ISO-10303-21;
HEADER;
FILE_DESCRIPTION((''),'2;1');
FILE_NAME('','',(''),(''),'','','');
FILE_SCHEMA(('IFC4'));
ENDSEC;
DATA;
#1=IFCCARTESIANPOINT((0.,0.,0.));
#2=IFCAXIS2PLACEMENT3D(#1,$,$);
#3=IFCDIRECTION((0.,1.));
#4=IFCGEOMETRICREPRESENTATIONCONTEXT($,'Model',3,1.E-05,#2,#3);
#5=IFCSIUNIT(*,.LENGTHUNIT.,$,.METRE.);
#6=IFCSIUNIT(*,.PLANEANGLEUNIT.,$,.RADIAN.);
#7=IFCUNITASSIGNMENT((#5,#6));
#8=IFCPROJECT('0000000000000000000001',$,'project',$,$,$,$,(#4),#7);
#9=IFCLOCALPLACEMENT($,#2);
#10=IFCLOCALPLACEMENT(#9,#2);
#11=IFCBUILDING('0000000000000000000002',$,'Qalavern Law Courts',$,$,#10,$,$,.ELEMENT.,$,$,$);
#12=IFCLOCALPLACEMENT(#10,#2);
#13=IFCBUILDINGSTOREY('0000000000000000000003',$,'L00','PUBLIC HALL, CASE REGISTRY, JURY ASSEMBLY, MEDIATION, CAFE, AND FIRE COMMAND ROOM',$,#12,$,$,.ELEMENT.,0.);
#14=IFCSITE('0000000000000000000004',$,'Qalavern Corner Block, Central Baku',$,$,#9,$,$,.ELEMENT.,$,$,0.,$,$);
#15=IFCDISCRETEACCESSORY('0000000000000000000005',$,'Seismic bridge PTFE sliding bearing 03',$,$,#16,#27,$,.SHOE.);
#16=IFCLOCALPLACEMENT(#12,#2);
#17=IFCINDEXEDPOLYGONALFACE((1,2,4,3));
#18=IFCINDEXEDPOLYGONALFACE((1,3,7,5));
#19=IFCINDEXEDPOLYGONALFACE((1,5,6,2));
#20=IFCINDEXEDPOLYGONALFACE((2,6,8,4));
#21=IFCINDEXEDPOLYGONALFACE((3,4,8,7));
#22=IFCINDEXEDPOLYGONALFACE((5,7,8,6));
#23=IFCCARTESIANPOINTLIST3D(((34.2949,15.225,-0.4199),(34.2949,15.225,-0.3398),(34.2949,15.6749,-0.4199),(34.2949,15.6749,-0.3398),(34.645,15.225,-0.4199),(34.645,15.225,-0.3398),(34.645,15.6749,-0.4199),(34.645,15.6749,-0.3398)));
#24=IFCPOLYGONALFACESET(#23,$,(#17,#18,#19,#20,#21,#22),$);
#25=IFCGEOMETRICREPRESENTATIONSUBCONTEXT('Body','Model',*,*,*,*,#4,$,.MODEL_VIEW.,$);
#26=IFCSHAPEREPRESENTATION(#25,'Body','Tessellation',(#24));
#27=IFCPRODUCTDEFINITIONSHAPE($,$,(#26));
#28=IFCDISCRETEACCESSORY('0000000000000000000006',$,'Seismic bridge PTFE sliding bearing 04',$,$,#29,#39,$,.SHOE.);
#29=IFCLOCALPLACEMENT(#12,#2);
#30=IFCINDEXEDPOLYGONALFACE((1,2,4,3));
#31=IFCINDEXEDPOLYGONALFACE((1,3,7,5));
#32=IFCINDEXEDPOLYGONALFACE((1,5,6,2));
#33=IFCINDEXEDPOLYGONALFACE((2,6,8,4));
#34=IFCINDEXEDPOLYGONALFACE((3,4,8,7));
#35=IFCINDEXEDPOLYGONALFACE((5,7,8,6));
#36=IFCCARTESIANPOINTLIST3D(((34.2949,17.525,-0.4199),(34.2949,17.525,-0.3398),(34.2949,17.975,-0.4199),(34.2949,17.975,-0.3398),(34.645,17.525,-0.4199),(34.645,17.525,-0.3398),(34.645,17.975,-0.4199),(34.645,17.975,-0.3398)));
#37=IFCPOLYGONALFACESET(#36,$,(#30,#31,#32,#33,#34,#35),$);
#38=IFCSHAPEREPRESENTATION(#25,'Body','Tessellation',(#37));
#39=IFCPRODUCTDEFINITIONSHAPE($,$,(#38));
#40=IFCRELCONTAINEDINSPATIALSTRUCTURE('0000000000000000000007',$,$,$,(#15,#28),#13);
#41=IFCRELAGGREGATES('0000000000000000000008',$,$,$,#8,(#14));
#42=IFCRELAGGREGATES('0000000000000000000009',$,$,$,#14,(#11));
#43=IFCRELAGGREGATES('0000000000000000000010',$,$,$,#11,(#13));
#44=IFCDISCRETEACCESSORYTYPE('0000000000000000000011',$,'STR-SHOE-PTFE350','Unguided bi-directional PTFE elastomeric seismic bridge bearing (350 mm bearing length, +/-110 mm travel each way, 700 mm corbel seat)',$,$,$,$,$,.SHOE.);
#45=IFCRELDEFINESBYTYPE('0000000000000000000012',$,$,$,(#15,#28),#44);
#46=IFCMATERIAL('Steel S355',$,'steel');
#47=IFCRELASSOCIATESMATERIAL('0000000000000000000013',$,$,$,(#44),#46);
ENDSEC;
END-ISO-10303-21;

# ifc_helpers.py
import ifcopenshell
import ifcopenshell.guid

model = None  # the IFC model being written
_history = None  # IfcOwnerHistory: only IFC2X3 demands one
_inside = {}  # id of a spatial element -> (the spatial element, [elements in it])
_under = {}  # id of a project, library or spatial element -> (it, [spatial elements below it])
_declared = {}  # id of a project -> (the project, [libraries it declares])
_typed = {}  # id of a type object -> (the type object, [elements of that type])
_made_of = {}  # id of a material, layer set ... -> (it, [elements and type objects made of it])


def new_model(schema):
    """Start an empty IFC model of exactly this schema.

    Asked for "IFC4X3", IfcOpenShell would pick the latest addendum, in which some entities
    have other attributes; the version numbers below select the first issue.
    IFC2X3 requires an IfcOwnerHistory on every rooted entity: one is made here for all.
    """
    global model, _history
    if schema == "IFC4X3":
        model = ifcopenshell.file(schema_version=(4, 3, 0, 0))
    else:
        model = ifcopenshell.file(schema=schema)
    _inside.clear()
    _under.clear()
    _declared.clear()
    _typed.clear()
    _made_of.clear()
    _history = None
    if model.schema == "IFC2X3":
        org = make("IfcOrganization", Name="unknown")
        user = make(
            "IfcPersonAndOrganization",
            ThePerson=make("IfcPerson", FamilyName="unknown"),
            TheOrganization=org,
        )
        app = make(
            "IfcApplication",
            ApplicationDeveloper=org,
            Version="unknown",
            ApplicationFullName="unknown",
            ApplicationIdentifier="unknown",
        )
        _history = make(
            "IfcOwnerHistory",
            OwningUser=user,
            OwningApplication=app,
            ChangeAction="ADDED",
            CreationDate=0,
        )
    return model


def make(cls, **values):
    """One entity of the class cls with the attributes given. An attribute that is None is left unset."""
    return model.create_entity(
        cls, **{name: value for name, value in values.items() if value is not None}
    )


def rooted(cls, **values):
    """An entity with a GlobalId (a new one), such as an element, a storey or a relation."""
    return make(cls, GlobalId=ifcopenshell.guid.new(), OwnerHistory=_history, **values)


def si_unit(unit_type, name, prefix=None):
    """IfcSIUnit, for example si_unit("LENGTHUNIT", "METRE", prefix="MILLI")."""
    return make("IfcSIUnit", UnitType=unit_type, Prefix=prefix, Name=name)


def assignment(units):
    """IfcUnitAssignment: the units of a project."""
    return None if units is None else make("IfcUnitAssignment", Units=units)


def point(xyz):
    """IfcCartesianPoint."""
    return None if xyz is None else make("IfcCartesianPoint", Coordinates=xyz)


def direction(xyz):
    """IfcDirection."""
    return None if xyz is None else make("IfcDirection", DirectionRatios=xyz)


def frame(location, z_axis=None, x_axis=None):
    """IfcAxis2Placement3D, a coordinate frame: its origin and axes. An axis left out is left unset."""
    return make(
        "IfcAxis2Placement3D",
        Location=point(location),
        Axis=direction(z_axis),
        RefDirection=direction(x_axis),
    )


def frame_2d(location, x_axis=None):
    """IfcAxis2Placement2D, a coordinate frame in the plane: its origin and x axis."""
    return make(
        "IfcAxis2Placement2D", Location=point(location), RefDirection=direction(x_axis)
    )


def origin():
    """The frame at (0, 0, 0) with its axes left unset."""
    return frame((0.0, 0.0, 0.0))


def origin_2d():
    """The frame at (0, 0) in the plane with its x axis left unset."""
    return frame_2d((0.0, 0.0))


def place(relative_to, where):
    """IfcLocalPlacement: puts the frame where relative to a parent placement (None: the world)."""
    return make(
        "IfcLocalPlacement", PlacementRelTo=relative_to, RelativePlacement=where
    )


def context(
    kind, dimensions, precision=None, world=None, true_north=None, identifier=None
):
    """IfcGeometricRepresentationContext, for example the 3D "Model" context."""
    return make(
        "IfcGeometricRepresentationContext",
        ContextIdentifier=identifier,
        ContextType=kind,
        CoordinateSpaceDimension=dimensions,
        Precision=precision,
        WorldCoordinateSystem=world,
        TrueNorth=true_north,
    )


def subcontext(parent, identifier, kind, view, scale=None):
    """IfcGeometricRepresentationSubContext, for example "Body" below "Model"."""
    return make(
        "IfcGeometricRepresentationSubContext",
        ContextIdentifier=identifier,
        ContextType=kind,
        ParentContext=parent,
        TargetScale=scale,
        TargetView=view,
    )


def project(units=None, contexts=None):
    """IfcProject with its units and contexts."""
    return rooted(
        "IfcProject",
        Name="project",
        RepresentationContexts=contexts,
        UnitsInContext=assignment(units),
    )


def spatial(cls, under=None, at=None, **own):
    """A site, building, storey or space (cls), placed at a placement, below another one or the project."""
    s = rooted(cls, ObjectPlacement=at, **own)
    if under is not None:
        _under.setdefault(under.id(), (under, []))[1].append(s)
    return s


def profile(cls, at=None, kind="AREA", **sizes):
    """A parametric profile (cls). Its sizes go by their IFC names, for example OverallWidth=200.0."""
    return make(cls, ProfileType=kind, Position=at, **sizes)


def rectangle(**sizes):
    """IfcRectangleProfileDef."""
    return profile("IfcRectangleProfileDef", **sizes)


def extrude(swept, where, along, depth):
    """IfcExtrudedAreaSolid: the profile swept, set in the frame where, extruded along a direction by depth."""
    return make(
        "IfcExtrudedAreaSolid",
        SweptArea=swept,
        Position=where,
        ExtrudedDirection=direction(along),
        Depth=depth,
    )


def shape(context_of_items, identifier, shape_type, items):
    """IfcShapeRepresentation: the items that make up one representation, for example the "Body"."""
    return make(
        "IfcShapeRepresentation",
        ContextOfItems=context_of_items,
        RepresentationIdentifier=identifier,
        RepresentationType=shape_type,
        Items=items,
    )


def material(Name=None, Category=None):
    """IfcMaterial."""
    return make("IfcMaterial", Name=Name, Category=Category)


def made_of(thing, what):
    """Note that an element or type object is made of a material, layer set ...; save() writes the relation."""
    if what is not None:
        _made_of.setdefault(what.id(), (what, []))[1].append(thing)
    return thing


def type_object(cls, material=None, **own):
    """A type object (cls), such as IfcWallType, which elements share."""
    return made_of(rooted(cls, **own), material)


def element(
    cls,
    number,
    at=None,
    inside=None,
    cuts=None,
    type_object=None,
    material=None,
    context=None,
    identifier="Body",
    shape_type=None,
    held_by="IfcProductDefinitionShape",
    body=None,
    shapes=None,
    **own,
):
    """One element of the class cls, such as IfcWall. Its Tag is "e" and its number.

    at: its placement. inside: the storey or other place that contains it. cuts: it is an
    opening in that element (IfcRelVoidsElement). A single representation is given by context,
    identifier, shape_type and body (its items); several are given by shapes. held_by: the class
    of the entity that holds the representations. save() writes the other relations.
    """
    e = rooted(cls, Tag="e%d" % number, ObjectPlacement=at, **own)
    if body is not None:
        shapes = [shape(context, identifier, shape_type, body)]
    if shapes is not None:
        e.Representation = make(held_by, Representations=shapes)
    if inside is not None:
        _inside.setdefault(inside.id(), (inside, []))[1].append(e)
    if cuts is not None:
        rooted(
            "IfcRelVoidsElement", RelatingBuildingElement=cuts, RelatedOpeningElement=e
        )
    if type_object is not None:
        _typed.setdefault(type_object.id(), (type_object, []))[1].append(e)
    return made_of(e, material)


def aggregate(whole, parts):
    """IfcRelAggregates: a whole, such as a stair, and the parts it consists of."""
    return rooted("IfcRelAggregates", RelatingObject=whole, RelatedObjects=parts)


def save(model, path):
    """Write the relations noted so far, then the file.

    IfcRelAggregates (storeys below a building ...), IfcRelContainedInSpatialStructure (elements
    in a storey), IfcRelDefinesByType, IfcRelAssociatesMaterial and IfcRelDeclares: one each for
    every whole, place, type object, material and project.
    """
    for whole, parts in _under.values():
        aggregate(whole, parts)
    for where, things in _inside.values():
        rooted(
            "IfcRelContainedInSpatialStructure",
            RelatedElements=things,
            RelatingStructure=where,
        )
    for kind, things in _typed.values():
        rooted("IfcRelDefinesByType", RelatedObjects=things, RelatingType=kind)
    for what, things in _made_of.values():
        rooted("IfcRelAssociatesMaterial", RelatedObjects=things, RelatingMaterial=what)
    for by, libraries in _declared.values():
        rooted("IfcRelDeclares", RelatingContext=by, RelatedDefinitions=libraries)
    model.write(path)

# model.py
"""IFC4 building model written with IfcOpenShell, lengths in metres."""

from ifc_helpers import new_model, si_unit, direction, frame, origin, origin_2d, place, context, subcontext, project, spatial, rectangle, extrude, material, type_object, element, save


model = new_model("IFC4")

# Units and contexts
model_context = context("Model", 3, precision=1e-05, world=origin(), true_north=direction((0.0, 1.0)))
body_context = subcontext(model_context, "Body", "Model", "MODEL_VIEW")
ifc_project = project(units=[si_unit("LENGTHUNIT", "METRE"), si_unit("PLANEANGLEUNIT", "RADIAN")], contexts=[model_context])

# Site, building, storey
site_placement = place(None, origin())
site = spatial("IfcSite", under=ifc_project, at=site_placement, Name="Qalavern Corner Block, Central Baku", CompositionType="ELEMENT", RefElevation=0.0)
building_placement = place(site_placement, origin())
building = spatial("IfcBuilding", under=site, at=building_placement, Name="Qalavern Law Courts", CompositionType="ELEMENT")
storey_placement = place(building_placement, origin())
storey = spatial("IfcBuildingStorey", under=building, at=storey_placement, Name="L00", Description="PUBLIC HALL, CASE REGISTRY, JURY ASSEMBLY, MEDIATION, CAFE, AND FIRE COMMAND ROOM", CompositionType="ELEMENT", Elevation=0.0)

# Shared definitions
ifc_material_1 = material(Name="Steel S355", Category="steel")

# Discrete accessories
discrete_accessory_type_1 = type_object("IfcDiscreteAccessoryType", Name="STR-SHOE-PTFE350", Description="Unguided bi-directional PTFE elastomeric seismic bridge bearing (350 mm bearing length, +/-110 mm travel each way, 700 mm corbel seat)", PredefinedType="SHOE", material=ifc_material_1)
for number, where, z_axis, x_axis, name in (
    (1, (34.47, 15.45, -0.4199), (0.0, 0.0, 1.0), (1.0, 0.0, 0.0), "Seismic bridge PTFE sliding bearing 03"),
    (2, (34.47, 17.75, -0.4199), (0.0, 0.0, 1.0), (1.0, 0.0, 0.0), "Seismic bridge PTFE sliding bearing 04"),
):
    element("IfcDiscreteAccessory", number, at=place(storey_placement, frame(where, z_axis=z_axis, x_axis=x_axis)), inside=storey, type_object=discrete_accessory_type_1, Name=name, PredefinedType="SHOE", context=body_context, shape_type="SweptSolid", body=[
        extrude(rectangle(XDim=0.3501, YDim=0.45, at=origin_2d()), origin(), (0.0, 0.0, 1.0), 0.0801),
    ])

save(model, "model.ifc")
